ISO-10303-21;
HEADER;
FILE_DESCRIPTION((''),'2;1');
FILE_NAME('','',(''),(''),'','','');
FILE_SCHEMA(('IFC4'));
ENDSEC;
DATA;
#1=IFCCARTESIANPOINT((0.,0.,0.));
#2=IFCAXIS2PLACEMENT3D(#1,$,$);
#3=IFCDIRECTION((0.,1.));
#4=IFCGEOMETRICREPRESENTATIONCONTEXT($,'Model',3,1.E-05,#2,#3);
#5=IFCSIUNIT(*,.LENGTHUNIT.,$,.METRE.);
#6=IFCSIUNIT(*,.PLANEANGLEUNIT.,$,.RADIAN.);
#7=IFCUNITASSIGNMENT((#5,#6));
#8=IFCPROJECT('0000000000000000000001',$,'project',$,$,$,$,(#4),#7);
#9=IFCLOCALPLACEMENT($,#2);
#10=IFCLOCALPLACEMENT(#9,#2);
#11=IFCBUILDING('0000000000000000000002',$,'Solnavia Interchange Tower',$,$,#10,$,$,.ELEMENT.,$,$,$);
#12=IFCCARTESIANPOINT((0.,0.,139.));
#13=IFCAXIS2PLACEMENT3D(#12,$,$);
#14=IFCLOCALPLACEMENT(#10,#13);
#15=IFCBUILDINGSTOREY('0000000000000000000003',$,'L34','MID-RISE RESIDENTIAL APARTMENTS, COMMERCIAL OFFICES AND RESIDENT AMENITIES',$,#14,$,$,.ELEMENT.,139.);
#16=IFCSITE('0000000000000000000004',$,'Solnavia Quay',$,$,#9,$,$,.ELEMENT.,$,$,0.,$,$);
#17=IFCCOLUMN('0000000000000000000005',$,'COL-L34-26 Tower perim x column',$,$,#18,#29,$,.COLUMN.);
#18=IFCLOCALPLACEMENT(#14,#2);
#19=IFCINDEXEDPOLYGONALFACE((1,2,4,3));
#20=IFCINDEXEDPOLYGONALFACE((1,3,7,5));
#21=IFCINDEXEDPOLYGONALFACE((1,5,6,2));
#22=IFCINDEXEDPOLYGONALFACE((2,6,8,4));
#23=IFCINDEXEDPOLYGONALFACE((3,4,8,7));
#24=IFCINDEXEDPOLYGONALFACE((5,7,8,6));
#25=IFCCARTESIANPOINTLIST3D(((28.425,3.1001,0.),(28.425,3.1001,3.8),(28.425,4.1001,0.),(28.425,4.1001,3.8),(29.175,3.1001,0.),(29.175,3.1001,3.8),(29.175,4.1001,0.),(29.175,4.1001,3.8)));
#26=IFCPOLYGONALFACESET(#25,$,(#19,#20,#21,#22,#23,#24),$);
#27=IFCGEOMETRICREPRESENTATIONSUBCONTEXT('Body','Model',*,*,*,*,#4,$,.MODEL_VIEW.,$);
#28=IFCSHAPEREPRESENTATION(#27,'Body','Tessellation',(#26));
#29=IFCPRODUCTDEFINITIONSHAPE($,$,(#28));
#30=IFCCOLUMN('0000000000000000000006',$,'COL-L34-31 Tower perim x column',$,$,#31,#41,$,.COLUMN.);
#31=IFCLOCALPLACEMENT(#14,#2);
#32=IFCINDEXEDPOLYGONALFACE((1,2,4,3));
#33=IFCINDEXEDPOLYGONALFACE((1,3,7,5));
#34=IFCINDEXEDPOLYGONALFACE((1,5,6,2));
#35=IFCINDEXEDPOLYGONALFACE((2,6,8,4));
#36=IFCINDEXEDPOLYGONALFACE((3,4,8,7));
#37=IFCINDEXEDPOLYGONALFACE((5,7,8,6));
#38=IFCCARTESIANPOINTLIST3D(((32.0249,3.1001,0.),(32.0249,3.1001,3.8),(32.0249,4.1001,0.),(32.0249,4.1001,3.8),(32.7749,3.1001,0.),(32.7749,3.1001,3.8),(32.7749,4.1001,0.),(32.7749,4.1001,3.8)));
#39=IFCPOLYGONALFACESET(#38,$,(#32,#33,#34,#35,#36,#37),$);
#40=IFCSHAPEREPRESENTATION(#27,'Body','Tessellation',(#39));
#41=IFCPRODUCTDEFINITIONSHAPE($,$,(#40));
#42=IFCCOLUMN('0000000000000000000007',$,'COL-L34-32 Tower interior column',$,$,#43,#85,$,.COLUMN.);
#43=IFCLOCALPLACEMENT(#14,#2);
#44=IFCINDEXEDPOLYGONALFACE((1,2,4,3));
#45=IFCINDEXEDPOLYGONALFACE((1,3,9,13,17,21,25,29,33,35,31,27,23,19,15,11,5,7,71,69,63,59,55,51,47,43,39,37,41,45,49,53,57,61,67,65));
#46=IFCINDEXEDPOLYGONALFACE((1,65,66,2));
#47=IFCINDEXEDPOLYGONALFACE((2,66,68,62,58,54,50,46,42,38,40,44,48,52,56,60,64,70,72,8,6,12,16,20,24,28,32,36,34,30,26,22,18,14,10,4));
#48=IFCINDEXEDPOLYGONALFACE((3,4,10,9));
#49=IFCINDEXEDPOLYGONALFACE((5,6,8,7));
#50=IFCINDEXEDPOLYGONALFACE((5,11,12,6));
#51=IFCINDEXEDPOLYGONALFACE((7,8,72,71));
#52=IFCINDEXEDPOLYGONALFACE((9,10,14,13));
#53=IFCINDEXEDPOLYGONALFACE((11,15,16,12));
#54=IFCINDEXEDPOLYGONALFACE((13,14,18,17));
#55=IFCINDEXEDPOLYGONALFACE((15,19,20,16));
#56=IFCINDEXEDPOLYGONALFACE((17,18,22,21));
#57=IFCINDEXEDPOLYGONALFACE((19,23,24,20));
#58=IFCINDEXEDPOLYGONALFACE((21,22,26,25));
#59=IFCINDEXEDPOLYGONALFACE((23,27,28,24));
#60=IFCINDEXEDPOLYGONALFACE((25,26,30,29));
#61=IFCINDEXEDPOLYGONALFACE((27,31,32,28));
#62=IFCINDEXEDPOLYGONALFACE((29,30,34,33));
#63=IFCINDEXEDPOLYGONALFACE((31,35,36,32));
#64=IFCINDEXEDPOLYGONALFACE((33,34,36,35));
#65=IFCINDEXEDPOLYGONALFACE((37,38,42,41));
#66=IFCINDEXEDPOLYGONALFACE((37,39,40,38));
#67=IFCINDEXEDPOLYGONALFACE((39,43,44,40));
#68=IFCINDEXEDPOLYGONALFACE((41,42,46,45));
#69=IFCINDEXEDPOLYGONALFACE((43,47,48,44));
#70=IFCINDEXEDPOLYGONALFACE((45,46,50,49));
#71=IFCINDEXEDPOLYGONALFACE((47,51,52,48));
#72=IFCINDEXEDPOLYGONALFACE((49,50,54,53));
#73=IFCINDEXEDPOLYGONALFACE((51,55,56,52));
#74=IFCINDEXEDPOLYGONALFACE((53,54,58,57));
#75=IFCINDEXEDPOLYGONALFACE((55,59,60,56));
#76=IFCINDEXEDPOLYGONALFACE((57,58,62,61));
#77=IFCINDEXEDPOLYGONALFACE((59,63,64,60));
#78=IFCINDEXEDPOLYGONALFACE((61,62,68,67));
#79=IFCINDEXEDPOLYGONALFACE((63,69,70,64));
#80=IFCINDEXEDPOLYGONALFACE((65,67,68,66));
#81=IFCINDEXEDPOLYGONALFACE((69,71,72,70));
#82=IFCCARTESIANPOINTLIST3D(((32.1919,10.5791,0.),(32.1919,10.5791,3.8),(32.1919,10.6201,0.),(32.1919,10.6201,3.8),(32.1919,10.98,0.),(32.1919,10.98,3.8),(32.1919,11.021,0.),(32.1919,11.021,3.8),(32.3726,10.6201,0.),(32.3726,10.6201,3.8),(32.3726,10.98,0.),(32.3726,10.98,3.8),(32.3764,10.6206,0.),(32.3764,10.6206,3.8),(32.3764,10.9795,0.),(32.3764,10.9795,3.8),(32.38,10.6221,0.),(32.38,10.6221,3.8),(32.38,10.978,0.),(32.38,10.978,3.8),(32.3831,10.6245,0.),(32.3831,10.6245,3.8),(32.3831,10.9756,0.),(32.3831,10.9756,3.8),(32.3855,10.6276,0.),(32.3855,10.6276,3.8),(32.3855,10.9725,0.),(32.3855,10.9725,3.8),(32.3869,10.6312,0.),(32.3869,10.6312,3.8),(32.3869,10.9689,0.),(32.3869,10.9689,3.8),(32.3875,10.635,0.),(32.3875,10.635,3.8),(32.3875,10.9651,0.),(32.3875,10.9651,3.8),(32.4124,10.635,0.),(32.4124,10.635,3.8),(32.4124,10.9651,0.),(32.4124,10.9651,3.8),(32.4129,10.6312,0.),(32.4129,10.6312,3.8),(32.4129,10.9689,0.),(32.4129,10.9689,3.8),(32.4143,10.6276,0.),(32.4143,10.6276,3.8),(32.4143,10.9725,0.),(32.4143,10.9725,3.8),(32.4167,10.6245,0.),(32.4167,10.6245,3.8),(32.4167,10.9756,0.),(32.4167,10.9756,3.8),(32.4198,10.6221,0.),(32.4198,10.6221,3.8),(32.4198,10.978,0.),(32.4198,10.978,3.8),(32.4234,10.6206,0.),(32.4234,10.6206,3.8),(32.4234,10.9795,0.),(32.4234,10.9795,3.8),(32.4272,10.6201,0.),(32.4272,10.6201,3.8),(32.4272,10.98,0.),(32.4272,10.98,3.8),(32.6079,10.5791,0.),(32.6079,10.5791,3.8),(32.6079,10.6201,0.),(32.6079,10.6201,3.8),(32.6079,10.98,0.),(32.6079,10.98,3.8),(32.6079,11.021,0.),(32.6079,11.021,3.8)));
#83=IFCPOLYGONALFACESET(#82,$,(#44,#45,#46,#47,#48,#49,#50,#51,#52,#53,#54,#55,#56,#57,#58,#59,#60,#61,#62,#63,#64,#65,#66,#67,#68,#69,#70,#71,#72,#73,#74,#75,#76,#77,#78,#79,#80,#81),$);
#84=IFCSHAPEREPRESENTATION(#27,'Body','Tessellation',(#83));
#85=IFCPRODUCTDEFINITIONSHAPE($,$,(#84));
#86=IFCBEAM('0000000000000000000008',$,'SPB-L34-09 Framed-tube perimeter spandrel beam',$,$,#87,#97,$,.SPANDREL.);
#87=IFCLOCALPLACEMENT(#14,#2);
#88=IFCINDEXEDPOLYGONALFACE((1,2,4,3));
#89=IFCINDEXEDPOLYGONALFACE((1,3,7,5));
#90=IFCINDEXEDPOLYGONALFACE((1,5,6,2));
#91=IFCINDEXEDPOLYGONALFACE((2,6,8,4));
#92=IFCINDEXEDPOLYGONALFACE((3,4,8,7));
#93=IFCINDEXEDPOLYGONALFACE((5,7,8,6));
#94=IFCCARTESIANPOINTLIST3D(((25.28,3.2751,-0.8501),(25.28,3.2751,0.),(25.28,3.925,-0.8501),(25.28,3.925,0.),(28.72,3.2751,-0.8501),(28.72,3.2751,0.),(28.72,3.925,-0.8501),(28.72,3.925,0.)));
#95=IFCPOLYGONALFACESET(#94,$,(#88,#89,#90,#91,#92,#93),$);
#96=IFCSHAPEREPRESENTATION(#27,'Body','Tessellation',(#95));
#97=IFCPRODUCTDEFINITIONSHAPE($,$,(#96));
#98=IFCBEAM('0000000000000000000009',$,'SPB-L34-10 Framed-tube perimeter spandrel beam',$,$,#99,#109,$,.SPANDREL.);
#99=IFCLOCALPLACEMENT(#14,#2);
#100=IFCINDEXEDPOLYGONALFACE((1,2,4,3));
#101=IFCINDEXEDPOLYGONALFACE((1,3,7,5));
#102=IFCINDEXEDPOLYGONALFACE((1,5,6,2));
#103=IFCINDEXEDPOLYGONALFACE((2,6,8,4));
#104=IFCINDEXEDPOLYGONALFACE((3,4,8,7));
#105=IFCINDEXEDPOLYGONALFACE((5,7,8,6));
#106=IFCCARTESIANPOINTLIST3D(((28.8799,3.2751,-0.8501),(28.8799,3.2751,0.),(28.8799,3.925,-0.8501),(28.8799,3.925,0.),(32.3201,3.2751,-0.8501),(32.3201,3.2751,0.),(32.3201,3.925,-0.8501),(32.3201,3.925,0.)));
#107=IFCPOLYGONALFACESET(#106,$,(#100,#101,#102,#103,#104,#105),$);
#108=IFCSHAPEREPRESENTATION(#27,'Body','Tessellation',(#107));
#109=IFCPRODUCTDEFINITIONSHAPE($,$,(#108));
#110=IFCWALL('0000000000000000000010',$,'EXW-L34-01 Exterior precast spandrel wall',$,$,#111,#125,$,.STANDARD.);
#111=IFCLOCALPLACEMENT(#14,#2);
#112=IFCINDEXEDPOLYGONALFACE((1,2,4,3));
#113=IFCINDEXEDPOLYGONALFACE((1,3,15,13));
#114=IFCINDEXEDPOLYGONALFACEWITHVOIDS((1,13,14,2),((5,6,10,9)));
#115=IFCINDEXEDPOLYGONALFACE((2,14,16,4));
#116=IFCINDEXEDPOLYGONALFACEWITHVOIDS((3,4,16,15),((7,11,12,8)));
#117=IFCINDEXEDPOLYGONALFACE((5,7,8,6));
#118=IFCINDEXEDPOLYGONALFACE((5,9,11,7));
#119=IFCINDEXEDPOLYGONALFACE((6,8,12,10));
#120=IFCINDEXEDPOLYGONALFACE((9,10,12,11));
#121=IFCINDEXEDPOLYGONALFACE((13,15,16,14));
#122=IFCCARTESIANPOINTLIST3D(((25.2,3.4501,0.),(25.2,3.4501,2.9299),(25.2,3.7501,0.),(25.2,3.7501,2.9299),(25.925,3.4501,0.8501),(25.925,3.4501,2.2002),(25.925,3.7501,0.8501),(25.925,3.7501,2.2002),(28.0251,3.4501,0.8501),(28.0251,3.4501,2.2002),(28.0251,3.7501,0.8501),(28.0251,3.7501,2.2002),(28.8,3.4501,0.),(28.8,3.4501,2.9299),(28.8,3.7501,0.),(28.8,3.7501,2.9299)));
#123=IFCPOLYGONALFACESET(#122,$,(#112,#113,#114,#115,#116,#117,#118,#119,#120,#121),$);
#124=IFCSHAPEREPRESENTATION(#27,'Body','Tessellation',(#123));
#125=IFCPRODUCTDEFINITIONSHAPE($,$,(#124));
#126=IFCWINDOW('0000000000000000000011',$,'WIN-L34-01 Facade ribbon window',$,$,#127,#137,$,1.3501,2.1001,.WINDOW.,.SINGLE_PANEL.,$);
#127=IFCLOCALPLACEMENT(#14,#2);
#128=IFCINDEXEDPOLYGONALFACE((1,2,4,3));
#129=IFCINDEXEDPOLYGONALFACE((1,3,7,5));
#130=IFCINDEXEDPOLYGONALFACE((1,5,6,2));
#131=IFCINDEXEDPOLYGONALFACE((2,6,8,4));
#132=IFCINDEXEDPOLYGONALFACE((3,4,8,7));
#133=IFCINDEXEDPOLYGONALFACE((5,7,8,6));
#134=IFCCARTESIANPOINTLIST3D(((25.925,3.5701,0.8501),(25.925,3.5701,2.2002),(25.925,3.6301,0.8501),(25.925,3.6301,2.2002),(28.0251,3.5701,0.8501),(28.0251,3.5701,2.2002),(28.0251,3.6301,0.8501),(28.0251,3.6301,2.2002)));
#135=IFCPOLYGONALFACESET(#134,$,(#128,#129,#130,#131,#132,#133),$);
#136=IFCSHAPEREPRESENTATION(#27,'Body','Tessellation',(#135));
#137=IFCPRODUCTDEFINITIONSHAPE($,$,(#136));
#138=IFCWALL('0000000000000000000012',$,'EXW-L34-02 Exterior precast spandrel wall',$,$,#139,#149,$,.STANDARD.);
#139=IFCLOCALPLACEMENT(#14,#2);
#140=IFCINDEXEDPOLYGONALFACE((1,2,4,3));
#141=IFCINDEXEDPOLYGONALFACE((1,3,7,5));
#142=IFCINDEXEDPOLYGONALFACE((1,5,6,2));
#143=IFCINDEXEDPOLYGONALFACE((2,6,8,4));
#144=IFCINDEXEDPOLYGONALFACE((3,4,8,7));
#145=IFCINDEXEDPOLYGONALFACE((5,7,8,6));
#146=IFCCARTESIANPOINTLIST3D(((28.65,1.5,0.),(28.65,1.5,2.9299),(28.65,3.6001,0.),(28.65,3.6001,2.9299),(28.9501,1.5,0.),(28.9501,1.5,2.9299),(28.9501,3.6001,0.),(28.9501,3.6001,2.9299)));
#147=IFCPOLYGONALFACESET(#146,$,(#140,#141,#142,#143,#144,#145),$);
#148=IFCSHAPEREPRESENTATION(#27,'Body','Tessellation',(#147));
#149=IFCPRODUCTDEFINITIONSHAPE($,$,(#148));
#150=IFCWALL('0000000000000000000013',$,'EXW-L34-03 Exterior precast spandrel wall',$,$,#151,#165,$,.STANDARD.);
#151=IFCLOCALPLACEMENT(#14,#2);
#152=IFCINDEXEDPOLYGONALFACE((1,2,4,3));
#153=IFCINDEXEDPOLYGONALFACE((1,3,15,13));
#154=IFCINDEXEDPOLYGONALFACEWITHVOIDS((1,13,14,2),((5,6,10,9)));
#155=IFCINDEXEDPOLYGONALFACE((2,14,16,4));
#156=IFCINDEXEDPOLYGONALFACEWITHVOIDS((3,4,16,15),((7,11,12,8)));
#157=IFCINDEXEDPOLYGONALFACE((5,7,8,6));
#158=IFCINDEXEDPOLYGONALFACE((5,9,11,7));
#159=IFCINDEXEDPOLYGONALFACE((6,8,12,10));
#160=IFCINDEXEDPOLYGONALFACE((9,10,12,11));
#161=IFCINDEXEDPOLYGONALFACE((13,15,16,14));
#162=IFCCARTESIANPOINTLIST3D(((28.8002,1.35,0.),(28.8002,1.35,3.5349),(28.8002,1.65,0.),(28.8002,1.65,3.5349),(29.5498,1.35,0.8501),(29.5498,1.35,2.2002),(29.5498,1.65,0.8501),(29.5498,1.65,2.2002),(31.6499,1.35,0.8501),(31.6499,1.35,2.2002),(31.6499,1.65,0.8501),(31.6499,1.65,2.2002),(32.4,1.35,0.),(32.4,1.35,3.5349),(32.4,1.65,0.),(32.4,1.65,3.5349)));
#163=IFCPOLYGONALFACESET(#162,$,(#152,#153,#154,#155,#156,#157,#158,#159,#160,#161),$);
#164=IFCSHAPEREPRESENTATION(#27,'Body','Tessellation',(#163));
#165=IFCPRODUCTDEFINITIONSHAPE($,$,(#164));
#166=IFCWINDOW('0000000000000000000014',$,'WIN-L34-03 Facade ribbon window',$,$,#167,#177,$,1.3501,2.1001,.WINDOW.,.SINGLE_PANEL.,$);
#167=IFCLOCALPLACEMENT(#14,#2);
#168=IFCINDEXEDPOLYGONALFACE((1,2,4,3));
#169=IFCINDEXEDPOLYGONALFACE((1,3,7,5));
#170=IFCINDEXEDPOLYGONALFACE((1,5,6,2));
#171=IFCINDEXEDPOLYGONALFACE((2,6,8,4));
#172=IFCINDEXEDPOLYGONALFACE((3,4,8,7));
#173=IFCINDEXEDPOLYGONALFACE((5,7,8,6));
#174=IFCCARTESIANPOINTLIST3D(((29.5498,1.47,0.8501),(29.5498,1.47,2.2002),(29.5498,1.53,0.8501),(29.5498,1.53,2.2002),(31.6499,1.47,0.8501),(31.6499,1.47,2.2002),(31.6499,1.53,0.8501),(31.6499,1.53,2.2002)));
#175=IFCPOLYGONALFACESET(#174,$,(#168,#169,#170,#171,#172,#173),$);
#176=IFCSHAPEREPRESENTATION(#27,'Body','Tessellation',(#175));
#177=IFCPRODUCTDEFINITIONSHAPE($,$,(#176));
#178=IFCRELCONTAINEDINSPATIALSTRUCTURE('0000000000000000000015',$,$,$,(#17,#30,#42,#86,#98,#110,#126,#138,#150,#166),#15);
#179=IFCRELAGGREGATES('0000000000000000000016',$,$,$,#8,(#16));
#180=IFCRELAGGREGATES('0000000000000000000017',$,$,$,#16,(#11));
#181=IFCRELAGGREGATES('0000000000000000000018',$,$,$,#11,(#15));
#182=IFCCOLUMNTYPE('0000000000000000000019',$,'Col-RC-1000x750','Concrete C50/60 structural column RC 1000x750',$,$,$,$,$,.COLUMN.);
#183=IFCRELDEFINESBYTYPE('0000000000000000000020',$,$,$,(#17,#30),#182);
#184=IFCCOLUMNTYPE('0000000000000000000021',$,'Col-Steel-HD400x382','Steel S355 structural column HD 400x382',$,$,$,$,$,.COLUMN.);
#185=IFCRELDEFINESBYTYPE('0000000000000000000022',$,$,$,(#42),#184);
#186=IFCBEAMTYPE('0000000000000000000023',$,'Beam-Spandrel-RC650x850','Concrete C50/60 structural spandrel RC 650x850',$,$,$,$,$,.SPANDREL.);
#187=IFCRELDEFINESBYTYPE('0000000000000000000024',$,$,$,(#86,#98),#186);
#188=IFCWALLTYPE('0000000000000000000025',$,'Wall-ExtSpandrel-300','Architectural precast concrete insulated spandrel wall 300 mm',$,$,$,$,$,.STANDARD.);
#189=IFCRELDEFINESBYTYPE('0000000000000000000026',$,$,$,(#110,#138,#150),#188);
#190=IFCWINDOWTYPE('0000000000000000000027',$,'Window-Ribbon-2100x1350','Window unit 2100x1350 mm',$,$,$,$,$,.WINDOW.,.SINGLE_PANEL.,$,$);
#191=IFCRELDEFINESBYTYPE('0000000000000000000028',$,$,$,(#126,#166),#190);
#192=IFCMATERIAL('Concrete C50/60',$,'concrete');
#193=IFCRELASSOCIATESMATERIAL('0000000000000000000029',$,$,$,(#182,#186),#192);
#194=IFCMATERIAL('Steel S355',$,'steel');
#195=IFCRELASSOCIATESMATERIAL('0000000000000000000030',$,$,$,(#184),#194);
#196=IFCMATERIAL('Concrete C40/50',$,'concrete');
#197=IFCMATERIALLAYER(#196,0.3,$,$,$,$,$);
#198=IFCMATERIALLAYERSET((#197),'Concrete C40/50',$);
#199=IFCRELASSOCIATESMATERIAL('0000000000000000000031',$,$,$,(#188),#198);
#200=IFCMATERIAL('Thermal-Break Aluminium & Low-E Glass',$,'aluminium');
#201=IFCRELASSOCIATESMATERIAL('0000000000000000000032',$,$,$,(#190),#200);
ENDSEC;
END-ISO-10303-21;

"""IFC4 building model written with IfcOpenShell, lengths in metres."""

from ifc_helpers import new_model, si_unit, direction, frame, frame_2d, origin, origin_2d, place, context, subcontext, project, spatial, rectangle, i_section, extrude, material, layer, layer_set, material_profile, profile_set, type_object, element, fill, save


model = new_model("IFC4")

# Units and contexts
model_context = context("Model", 3, precision=1e-05, world=origin(), true_north=direction((0.0, 1.0)))
body_context = subcontext(model_context, "Body", "Model", "MODEL_VIEW")
ifc_project = project(units=[si_unit("LENGTHUNIT", "METRE"), si_unit("PLANEANGLEUNIT", "RADIAN")], contexts=[model_context])

# Site, building, storey
site_placement = place(None, origin())
site = spatial("IfcSite", under=ifc_project, at=site_placement, Name="Solnavia Quay", CompositionType="ELEMENT", RefElevation=0.0)
building_placement = place(site_placement, origin())
building = spatial("IfcBuilding", under=site, at=building_placement, Name="Solnavia Interchange Tower", CompositionType="ELEMENT")
storey_placement = place(building_placement, frame((0.0, 0.0, 139.0)))
storey = spatial("IfcBuildingStorey", under=building, at=storey_placement, Name="L34", Description="MID-RISE RESIDENTIAL APARTMENTS, COMMERCIAL OFFICES AND RESIDENT AMENITIES", CompositionType="ELEMENT", Elevation=139.0)

# Columns
ifc_material_1 = material(Name="Concrete C50/60", Category="concrete")
ifc_material_profile_1 = material_profile(ifc_material_1, rectangle(XDim=0.75, YDim=1.0, at=origin_2d()), Name="RC 1000x750")
ifc_profile_set_1 = profile_set([ifc_material_profile_1], Name="Concrete C50/60")
column_type_1 = type_object("IfcColumnType", Name="Col-RC-1000x750", Description="Concrete C50/60 structural column RC 1000x750", PredefinedType="COLUMN", material=ifc_profile_set_1)
for number, where, z_axis, x_axis, name in (
    (1, (28.8, 3.6001, 0.0), (0.0, 0.0, 1.0), (1.0, 0.0, 0.0), "COL-L34-26 Tower perim x column"),
    (2, (32.3999, 3.6001, 0.0), (0.0, 0.0, 1.0), (1.0, 0.0, 0.0), "COL-L34-31 Tower perim x column"),
):
    element("IfcColumn", number, at=place(storey_placement, frame(where, z_axis=z_axis, x_axis=x_axis)), inside=storey, type_object=column_type_1, Name=name, PredefinedType="COLUMN", context=body_context, shape_type="SweptSolid", body=[
        extrude(rectangle(XDim=0.75, YDim=1.0, at=origin_2d()), origin(), (0.0, 0.0, 1.0), 3.8),
    ])
ifc_material_2 = material(Name="Steel S355", Category="steel")
ifc_material_profile_2 = material_profile(ifc_material_2, i_section(OverallWidth=0.416, OverallDepth=0.4419, WebThickness=0.0249, FlangeThickness=0.041, FilletRadius=0.0149, at=origin_2d()), Name="HD 400x382")
ifc_profile_set_2 = profile_set([ifc_material_profile_2], Name="Steel S355")
column_type_2 = type_object("IfcColumnType", Name="Col-Steel-HD400x382", Description="Steel S355 structural column HD 400x382", PredefinedType="COLUMN", material=ifc_profile_set_2)
column_placement = place(storey_placement, frame((32.3999, 10.8, 0.0), z_axis=(0.0, 0.0, 1.0), x_axis=(1.0, 0.0, 0.0)))
element("IfcColumn", 3, at=column_placement, inside=storey, type_object=column_type_2, Name="COL-L34-32 Tower interior column", PredefinedType="COLUMN", context=body_context, shape_type="SweptSolid", body=[
    extrude(i_section(OverallWidth=0.416, OverallDepth=0.4419, WebThickness=0.0249, FlangeThickness=0.041, FilletRadius=0.0149, at=origin_2d()), origin(), (0.0, 0.0, 1.0), 3.8),
])

# Beams
ifc_material_profile_3 = material_profile(ifc_material_1, rectangle(XDim=0.6499, YDim=0.8501, at=origin_2d()), Name="RC 650x850")
ifc_profile_set_3 = profile_set([ifc_material_profile_3], Name="Concrete C50/60")
beam_type = type_object("IfcBeamType", Name="Beam-Spandrel-RC650x850", Description="Concrete C50/60 structural spandrel RC 650x850", PredefinedType="SPANDREL", material=ifc_profile_set_3)
beam_1_placement = place(storey_placement, frame((25.28, 3.6001, -0.425), z_axis=(1.0, 0.0, 0.0), x_axis=(0.0, 1.0, 0.0)))
element("IfcBeam", 4, at=beam_1_placement, inside=storey, type_object=beam_type, Name="SPB-L34-09 Framed-tube perimeter spandrel beam", PredefinedType="SPANDREL", context=body_context, shape_type="SweptSolid", body=[
    extrude(rectangle(XDim=0.6499, YDim=0.8501, at=origin_2d()), origin(), (0.0, 0.0, 1.0), 3.4399),
])
beam_2_placement = place(storey_placement, frame((28.8799, 3.6001, -0.425), z_axis=(1.0, 0.0, 0.0), x_axis=(0.0, 1.0, 0.0)))
element("IfcBeam", 5, at=beam_2_placement, inside=storey, type_object=beam_type, Name="SPB-L34-10 Framed-tube perimeter spandrel beam", PredefinedType="SPANDREL", context=body_context, shape_type="SweptSolid", body=[
    extrude(rectangle(XDim=0.6499, YDim=0.8501, at=origin_2d()), origin(), (0.0, 0.0, 1.0), 3.4402),
])

# Wall, opening, window
ifc_material_3 = material(Name="Concrete C40/50", Category="concrete")
ifc_layer_1 = layer(ifc_material_3, 0.3)
ifc_layer_set_1 = layer_set([ifc_layer_1], Name="Concrete C40/50")
wall_type_1 = type_object("IfcWallType", Name="Wall-ExtSpandrel-300", Description="Architectural precast concrete insulated spandrel wall 300 mm", PredefinedType="STANDARD", material=ifc_layer_set_1)
wall_1_placement = place(storey_placement, frame((28.8, 3.6001, 0.0), z_axis=(0.0, 0.0, 1.0), x_axis=(-1.0, 0.0, 0.0)))
wall_1 = element("IfcWall", 6, at=wall_1_placement, inside=storey, type_object=wall_type_1, Name="EXW-L34-01 Exterior precast spandrel wall", PredefinedType="STANDARD", context=body_context, shape_type="SweptSolid", body=[
    extrude(rectangle(XDim=3.6001, YDim=0.3, at=frame_2d((1.8, 0.0))), origin(), (0.0, 0.0, 1.0), 2.9299),
])
opening_1_placement = place(wall_1_placement, frame((0.7749, 0.0, 0.8501)))
opening_1 = element("IfcOpeningElement", 7, at=opening_1_placement, cuts=wall_1, PredefinedType="OPENING", context=body_context, shape_type="SweptSolid", body=[
    extrude(rectangle(XDim=2.1001, YDim=1.3501, at=frame_2d((1.05, 0.675))), frame((0.0, 0.1602, 0.0), z_axis=(0.0, -1.0, 0.0), x_axis=(1.0, 0.0, 0.0)), (0.0, 0.0, 1.0), 0.3201),
])
ifc_material_4 = material(Name="Thermal-Break Aluminium & Low-E Glass", Category="aluminium")
window_type_1 = type_object("IfcWindowType", Name="Window-Ribbon-2100x1350", Description="Window unit 2100x1350 mm", PartitioningType="SINGLE_PANEL", PredefinedType="WINDOW", material=ifc_material_4)
window_1_placement = place(opening_1_placement, origin())
window_1 = element("IfcWindow", 8, at=window_1_placement, inside=storey, type_object=window_type_1, Name="WIN-L34-01 Facade ribbon window", OverallHeight=1.3501, OverallWidth=2.1001, PartitioningType="SINGLE_PANEL", PredefinedType="WINDOW", context=body_context, shape_type="SweptSolid", body=[
    extrude(rectangle(XDim=2.1001, YDim=1.3501, at=frame_2d((1.05, 0.675))), frame((0.0, 0.03, 0.0), z_axis=(0.0, -1.0, 0.0), x_axis=(1.0, 0.0, 0.0)), (0.0, 0.0, 1.0), 0.0601),
])
fill(opening_1, window_1)

# Wall
wall_2_placement = place(storey_placement, frame((28.8, 3.6001, 0.0), z_axis=(0.0, 0.0, 1.0), x_axis=(0.0, -1.0, 0.0)))
element("IfcWall", 9, at=wall_2_placement, inside=storey, type_object=wall_type_1, Name="EXW-L34-02 Exterior precast spandrel wall", PredefinedType="STANDARD", context=body_context, shape_type="SweptSolid", body=[
    extrude(rectangle(XDim=2.1001, YDim=0.3, at=frame_2d((1.05, 0.0))), origin(), (0.0, 0.0, 1.0), 2.9299),
])

# Wall, opening, window
wall_3_placement = place(storey_placement, frame((32.3999, 1.5, 0.0), z_axis=(0.0, 0.0, 1.0), x_axis=(-1.0, 0.0, 0.0)))
wall_3 = element("IfcWall", 10, at=wall_3_placement, inside=storey, type_object=wall_type_1, Name="EXW-L34-03 Exterior precast spandrel wall", PredefinedType="STANDARD", context=body_context, shape_type="SweptSolid", body=[
    extrude(rectangle(XDim=3.5999, YDim=0.3, at=frame_2d((1.7998, 0.0))), origin(), (0.0, 0.0, 1.0), 3.5349),
])
opening_2_placement = place(wall_3_placement, frame((0.75, 0.0, 0.8501)))
opening_2 = element("IfcOpeningElement", 11, at=opening_2_placement, cuts=wall_3, PredefinedType="OPENING", context=body_context, shape_type="SweptSolid", body=[
    extrude(rectangle(XDim=2.1001, YDim=1.3501, at=frame_2d((1.05, 0.675))), frame((0.0, 0.1602, 0.0), z_axis=(0.0, -1.0, 0.0), x_axis=(1.0, 0.0, 0.0)), (0.0, 0.0, 1.0), 0.3201),
])
window_2_placement = place(opening_2_placement, origin())
window_2 = element("IfcWindow", 12, at=window_2_placement, inside=storey, type_object=window_type_1, Name="WIN-L34-03 Facade ribbon window", OverallHeight=1.3501, OverallWidth=2.1001, PartitioningType="SINGLE_PANEL", PredefinedType="WINDOW", context=body_context, shape_type="SweptSolid", body=[
    extrude(rectangle(XDim=2.1001, YDim=1.3501, at=frame_2d((1.05, 0.675))), frame((0.0, 0.03, 0.0), z_axis=(0.0, -1.0, 0.0), x_axis=(1.0, 0.0, 0.0)), (0.0, 0.0, 1.0), 0.0601),
])
fill(opening_2, window_2)

save(model, "model.ifc")
